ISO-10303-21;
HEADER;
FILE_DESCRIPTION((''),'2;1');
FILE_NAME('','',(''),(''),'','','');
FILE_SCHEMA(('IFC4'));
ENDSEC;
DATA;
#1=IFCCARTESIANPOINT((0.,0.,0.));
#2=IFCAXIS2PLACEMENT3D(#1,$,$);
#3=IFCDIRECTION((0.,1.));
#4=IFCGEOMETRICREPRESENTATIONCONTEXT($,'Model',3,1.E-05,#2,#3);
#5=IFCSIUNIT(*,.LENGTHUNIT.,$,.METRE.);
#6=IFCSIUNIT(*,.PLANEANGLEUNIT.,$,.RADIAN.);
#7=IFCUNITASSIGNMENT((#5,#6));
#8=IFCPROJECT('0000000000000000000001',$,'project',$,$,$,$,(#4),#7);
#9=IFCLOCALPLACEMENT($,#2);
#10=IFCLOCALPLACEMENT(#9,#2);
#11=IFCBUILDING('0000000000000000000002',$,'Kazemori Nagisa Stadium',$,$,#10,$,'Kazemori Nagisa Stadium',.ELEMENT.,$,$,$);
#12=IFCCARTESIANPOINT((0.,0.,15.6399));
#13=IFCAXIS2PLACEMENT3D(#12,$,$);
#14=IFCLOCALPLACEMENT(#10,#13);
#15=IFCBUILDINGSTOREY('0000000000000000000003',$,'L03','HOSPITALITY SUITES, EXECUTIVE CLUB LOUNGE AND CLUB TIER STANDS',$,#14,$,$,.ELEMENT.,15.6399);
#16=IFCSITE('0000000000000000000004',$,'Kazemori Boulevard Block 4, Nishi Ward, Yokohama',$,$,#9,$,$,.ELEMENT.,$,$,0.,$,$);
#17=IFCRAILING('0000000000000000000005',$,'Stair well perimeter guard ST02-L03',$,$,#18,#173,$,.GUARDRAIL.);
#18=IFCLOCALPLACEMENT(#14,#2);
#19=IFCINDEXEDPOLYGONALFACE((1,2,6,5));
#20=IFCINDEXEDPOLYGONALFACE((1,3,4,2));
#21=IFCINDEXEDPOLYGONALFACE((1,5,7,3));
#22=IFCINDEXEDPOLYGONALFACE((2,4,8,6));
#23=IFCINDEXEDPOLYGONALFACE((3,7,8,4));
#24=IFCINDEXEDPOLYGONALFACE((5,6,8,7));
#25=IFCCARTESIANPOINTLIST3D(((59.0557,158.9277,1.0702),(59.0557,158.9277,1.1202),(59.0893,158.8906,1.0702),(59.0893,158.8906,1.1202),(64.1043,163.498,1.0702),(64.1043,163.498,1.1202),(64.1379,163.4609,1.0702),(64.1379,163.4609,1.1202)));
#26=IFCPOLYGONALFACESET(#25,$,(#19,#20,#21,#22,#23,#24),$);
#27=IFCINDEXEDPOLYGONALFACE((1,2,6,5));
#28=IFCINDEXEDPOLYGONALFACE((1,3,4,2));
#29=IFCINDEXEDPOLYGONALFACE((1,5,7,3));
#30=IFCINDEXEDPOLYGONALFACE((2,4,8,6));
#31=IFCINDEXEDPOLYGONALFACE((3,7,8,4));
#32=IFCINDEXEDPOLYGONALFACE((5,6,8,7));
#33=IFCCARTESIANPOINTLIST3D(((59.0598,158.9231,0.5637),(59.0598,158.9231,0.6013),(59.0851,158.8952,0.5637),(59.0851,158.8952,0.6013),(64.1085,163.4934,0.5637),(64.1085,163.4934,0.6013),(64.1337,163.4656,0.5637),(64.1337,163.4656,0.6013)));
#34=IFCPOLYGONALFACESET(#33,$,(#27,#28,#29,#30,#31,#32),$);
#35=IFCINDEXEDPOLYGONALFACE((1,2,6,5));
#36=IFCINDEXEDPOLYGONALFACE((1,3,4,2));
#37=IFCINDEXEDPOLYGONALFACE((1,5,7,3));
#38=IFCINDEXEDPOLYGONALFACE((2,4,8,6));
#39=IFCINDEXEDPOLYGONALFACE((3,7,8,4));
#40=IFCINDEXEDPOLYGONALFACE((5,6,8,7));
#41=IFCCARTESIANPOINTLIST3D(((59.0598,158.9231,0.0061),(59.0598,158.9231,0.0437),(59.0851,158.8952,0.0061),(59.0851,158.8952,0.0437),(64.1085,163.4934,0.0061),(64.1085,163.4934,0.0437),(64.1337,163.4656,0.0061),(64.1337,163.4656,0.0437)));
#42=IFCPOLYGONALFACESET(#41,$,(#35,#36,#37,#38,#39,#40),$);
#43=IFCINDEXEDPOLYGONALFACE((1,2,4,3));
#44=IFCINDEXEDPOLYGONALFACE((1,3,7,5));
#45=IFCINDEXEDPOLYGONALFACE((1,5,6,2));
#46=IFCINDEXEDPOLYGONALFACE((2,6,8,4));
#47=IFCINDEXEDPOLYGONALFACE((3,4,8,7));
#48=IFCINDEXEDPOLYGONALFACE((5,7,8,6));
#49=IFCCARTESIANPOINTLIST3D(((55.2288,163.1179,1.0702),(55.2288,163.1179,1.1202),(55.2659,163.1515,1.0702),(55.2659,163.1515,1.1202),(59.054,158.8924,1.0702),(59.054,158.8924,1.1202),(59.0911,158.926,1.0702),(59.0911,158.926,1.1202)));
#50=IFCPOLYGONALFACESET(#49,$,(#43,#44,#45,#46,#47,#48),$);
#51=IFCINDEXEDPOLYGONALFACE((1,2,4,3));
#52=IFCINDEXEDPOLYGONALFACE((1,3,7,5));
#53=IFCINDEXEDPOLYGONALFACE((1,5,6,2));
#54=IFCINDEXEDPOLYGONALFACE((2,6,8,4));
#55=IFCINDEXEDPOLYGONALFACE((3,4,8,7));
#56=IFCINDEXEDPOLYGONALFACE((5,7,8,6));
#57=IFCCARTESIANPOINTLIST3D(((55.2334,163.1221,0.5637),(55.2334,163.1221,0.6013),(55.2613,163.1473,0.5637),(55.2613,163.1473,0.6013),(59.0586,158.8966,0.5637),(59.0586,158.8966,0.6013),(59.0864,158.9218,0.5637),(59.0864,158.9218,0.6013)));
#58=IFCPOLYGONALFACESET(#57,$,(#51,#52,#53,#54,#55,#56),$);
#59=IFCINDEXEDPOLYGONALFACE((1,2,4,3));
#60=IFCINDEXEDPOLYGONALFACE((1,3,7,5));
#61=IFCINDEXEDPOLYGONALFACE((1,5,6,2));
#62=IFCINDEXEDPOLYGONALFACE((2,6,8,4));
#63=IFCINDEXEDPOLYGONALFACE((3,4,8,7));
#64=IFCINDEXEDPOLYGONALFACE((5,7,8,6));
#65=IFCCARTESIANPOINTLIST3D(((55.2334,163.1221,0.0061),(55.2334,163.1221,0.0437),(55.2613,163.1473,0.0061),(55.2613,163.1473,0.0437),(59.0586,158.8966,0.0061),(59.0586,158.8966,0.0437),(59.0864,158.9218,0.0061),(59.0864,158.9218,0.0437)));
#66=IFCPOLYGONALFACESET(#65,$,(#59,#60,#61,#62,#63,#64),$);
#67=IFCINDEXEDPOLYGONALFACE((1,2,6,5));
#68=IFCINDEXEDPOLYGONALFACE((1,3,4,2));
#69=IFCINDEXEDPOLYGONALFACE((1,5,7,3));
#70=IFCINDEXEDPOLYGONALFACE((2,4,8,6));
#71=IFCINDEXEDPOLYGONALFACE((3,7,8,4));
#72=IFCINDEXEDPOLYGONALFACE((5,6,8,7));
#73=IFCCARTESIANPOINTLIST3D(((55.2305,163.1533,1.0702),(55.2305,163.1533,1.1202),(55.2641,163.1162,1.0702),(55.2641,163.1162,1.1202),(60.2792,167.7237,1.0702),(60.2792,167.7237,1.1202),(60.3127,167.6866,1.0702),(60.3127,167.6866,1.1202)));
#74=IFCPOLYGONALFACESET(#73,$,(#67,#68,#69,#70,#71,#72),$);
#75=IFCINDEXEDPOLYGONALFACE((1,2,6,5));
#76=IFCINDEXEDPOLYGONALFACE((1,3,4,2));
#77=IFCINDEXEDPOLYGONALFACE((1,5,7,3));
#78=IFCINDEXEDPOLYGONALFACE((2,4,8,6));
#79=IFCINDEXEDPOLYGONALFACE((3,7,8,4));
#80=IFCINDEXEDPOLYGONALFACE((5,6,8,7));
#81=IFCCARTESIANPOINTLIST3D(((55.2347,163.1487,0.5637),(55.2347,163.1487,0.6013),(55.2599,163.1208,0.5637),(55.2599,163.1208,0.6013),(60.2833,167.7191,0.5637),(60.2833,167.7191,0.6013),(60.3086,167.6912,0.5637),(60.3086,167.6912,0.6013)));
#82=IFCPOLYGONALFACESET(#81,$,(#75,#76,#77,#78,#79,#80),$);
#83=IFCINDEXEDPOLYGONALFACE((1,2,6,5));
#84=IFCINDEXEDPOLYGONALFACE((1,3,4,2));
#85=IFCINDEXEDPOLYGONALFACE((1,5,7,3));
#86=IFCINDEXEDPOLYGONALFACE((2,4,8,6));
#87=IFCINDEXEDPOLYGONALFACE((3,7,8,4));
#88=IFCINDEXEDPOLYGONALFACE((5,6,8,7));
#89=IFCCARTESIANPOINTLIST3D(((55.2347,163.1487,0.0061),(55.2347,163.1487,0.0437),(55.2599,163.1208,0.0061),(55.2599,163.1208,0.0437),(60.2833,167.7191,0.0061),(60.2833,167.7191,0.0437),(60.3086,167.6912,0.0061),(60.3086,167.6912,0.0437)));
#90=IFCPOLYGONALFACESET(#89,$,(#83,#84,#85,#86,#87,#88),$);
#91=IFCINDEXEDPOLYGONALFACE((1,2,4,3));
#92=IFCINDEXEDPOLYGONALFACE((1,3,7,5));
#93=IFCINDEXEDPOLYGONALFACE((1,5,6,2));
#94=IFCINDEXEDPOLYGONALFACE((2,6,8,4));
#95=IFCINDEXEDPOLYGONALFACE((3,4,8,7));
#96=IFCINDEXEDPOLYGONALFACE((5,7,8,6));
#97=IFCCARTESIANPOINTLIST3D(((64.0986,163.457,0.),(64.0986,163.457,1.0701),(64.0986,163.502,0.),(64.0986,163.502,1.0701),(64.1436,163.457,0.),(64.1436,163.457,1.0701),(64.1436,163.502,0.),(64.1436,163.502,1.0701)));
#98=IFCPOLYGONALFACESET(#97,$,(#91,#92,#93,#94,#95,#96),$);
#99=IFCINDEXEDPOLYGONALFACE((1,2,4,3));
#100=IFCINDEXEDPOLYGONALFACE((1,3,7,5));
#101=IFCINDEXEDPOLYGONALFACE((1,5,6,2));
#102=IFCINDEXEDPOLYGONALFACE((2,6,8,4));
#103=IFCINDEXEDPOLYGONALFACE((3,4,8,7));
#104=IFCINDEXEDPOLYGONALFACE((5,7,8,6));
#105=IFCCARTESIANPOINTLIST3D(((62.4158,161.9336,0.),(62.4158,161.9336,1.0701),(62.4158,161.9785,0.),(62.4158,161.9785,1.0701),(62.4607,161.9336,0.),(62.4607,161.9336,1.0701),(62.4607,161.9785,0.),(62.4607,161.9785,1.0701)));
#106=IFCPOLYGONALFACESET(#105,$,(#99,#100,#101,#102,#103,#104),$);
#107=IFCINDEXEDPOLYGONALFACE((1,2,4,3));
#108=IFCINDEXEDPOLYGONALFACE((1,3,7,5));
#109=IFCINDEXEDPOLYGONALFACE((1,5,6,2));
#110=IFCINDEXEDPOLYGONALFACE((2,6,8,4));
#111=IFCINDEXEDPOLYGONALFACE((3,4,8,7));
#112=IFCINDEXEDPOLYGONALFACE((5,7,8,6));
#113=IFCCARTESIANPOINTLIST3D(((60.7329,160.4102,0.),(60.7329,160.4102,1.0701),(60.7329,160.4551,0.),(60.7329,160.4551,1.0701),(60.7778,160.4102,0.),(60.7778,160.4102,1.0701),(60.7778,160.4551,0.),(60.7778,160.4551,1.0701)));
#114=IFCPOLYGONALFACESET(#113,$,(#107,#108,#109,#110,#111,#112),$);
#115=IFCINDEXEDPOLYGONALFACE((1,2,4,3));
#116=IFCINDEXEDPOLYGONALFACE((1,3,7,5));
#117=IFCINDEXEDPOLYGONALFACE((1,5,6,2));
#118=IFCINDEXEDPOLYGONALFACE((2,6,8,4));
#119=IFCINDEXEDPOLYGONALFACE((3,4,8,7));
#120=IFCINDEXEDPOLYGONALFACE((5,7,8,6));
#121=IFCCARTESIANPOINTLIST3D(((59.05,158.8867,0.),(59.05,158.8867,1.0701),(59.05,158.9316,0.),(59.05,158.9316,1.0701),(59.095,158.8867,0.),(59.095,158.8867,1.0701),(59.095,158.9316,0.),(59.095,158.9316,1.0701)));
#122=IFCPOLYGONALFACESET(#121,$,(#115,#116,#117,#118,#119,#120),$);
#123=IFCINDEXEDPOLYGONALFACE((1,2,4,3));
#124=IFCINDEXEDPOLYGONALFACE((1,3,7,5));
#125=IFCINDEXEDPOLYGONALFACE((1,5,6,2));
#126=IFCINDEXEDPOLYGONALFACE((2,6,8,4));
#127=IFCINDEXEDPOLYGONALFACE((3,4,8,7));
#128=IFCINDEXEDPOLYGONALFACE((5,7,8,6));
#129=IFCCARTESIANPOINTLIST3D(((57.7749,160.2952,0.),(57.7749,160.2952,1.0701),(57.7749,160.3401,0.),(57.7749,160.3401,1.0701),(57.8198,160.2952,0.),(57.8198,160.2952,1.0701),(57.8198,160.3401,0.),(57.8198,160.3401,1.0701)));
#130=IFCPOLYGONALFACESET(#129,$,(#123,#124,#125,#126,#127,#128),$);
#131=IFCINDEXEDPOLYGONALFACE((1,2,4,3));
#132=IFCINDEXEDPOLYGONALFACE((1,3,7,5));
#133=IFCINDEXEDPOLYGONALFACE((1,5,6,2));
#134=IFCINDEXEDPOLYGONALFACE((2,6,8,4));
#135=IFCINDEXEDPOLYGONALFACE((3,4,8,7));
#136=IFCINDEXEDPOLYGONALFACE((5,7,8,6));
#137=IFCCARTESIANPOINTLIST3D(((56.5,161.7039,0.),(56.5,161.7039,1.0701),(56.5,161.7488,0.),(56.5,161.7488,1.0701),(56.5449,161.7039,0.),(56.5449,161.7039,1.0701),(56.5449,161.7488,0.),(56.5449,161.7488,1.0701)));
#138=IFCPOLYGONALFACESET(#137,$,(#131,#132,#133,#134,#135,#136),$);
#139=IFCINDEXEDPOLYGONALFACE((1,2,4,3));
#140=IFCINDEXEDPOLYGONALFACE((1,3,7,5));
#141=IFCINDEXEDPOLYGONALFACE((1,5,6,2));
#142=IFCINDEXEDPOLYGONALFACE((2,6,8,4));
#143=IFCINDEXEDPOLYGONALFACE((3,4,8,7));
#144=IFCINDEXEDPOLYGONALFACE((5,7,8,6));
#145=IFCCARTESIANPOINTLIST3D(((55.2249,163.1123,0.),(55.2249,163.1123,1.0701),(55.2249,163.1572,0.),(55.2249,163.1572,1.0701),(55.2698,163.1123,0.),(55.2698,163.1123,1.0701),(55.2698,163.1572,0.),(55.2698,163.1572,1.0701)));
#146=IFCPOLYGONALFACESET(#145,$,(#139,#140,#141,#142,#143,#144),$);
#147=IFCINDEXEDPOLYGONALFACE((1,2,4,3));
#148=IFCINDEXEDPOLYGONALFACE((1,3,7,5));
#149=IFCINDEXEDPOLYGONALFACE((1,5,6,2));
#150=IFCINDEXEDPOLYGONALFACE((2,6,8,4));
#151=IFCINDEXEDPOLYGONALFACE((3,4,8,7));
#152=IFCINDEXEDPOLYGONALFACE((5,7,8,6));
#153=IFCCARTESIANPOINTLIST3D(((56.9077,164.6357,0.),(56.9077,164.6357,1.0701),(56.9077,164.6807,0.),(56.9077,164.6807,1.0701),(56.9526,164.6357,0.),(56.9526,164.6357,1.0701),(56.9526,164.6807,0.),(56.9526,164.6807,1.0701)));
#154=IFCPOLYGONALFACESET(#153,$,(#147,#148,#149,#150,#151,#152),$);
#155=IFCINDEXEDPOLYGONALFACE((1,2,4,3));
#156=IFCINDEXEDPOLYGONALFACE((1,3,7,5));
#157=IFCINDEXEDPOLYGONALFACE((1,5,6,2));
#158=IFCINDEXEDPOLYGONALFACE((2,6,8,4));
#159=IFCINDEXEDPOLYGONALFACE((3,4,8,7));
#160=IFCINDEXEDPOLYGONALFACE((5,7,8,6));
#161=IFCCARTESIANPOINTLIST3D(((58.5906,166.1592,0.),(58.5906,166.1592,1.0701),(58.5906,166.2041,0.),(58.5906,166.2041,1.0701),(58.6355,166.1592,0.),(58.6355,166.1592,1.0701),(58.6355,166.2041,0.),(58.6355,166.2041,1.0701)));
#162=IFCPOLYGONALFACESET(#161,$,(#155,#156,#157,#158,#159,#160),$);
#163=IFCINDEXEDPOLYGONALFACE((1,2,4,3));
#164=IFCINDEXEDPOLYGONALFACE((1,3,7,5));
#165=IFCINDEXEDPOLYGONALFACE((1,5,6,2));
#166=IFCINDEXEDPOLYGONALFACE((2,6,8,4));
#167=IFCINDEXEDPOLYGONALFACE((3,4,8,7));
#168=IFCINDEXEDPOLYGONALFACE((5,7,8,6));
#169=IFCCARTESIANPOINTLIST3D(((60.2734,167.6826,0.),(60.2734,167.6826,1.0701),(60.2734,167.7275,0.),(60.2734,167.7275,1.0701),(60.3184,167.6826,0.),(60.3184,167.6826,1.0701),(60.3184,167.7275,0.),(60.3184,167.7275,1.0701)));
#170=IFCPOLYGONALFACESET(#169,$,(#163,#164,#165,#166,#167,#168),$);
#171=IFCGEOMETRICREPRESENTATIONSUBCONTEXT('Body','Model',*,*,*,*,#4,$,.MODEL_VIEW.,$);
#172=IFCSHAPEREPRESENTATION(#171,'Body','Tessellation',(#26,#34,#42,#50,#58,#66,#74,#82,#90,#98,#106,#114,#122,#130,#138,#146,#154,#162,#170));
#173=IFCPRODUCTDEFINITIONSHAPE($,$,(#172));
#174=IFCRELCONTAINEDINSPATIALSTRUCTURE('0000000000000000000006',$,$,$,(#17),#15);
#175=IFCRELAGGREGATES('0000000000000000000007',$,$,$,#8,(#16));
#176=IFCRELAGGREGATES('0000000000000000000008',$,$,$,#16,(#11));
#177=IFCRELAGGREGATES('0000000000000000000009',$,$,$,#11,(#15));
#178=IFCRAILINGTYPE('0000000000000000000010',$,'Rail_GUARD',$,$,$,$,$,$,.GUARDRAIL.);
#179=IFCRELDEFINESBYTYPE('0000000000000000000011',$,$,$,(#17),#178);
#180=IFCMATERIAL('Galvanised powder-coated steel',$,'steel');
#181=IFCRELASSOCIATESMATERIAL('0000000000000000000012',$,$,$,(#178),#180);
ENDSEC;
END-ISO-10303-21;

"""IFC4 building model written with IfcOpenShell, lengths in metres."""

from ifc_helpers import new_model, si_unit, direction, frame, origin, origin_2d, place, context, subcontext, project, spatial, rectangle, extrude, material, type_object, element, save


model = new_model("IFC4")

# Units and contexts
model_context = context("Model", 3, precision=1e-05, world=origin(), true_north=direction((0.0, 1.0)))
body_context = subcontext(model_context, "Body", "Model", "MODEL_VIEW")
ifc_project = project(units=[si_unit("LENGTHUNIT", "METRE"), si_unit("PLANEANGLEUNIT", "RADIAN")], contexts=[model_context])

# Site, building, storey
site_placement = place(None, origin())
site = spatial("IfcSite", under=ifc_project, at=site_placement, Name="Kazemori Boulevard Block 4, Nishi Ward, Yokohama", CompositionType="ELEMENT", RefElevation=0.0)
building_placement = place(site_placement, origin())
building = spatial("IfcBuilding", under=site, at=building_placement, Name="Kazemori Nagisa Stadium", LongName="Kazemori Nagisa Stadium", CompositionType="ELEMENT")
storey_placement = place(building_placement, frame((0.0, 0.0, 15.6399)))
storey = spatial("IfcBuildingStorey", under=building, at=storey_placement, Name="L03", Description="HOSPITALITY SUITES, EXECUTIVE CLUB LOUNGE AND CLUB TIER STANDS", CompositionType="ELEMENT", Elevation=15.6399)

# Railing
ifc_material_1 = material(Name="Galvanised powder-coated steel", Category="steel")
railing_type_1 = type_object("IfcRailingType", Name="Rail_GUARD", PredefinedType="GUARDRAIL", material=ifc_material_1)
railing_1_placement = place(storey_placement, frame((64.1211, 163.4795, 0.0)))
element("IfcRailing", 1, at=railing_1_placement, inside=storey, type_object=railing_type_1, Name="Stair well perimeter guard ST02-L03", PredefinedType="GUARDRAIL", context=body_context, shape_type="SweptSolid", body=[
    extrude(rectangle(XDim=0.05, YDim=0.05, at=origin_2d()), frame((0.0, 0.0, 1.0952), z_axis=(-0.74135, -0.671119, 0.0), x_axis=(0.671119, -0.74135, 0.0)), (0.0, 0.0, 1.0), 6.8101),
    extrude(rectangle(XDim=0.0376, YDim=0.0376, at=origin_2d()), frame((0.0, 0.0, 0.5825), z_axis=(-0.74135, -0.671119, 0.0), x_axis=(0.671119, -0.74135, 0.0)), (0.0, 0.0, 1.0), 6.8101),
    extrude(rectangle(XDim=0.0376, YDim=0.0376, at=origin_2d()), frame((0.0, 0.0, 0.0249), z_axis=(-0.74135, -0.671119, 0.0), x_axis=(0.671119, -0.74135, 0.0)), (0.0, 0.0, 1.0), 6.8101),
    extrude(rectangle(XDim=0.05, YDim=0.05, at=origin_2d()), frame((-5.0486, -4.5703, 1.0952), z_axis=(-0.671111, 0.741357, 0.0), x_axis=(-0.741357, -0.671111, 0.0)), (0.0, 0.0, 1.0), 5.6997),
    extrude(rectangle(XDim=0.0376, YDim=0.0376, at=origin_2d()), frame((-5.0486, -4.5703, 0.5825), z_axis=(-0.671111, 0.741357, 0.0), x_axis=(-0.741357, -0.671111, 0.0)), (0.0, 0.0, 1.0), 5.6997),
    extrude(rectangle(XDim=0.0376, YDim=0.0376, at=origin_2d()), frame((-5.0486, -4.5703, 0.0249), z_axis=(-0.671111, 0.741357, 0.0), x_axis=(-0.741357, -0.671111, 0.0)), (0.0, 0.0, 1.0), 5.6997),
    extrude(rectangle(XDim=0.05, YDim=0.05, at=origin_2d()), frame((-8.8738, -0.3447, 1.0952), z_axis=(0.74135, 0.671119, 0.0), x_axis=(-0.671119, 0.74135, 0.0)), (0.0, 0.0, 1.0), 6.8101),
    extrude(rectangle(XDim=0.0376, YDim=0.0376, at=origin_2d()), frame((-8.8738, -0.3447, 0.5825), z_axis=(0.74135, 0.671119, 0.0), x_axis=(-0.671119, 0.74135, 0.0)), (0.0, 0.0, 1.0), 6.8101),
    extrude(rectangle(XDim=0.0376, YDim=0.0376, at=origin_2d()), frame((-8.8738, -0.3447, 0.0249), z_axis=(0.74135, 0.671119, 0.0), x_axis=(-0.671119, 0.74135, 0.0)), (0.0, 0.0, 1.0), 6.8101),
    extrude(rectangle(XDim=0.0449, YDim=0.0449, at=origin_2d()), origin(), (0.0, 0.0, 1.0), 1.0701),
    extrude(rectangle(XDim=0.0449, YDim=0.0449, at=origin_2d()), frame((-1.6829, -1.5234, 0.0)), (0.0, 0.0, 1.0), 1.0701),
    extrude(rectangle(XDim=0.0449, YDim=0.0449, at=origin_2d()), frame((-3.3657, -3.0469, 0.0)), (0.0, 0.0, 1.0), 1.0701),
    extrude(rectangle(XDim=0.0449, YDim=0.0449, at=origin_2d()), frame((-5.0486, -4.5703, 0.0)), (0.0, 0.0, 1.0), 1.0701),
    extrude(rectangle(XDim=0.0449, YDim=0.0449, at=origin_2d()), frame((-6.3237, -3.1619, 0.0)), (0.0, 0.0, 1.0), 1.0701),
    extrude(rectangle(XDim=0.0449, YDim=0.0449, at=origin_2d()), frame((-7.5986, -1.7532, 0.0)), (0.0, 0.0, 1.0), 1.0701),
    extrude(rectangle(XDim=0.0449, YDim=0.0449, at=origin_2d()), frame((-8.8738, -0.3447, 0.0)), (0.0, 0.0, 1.0), 1.0701),
    extrude(rectangle(XDim=0.0449, YDim=0.0449, at=origin_2d()), frame((-7.1909, 1.1787, 0.0)), (0.0, 0.0, 1.0), 1.0701),
    extrude(rectangle(XDim=0.0449, YDim=0.0449, at=origin_2d()), frame((-5.5081, 2.7021, 0.0)), (0.0, 0.0, 1.0), 1.0701),
    extrude(rectangle(XDim=0.0449, YDim=0.0449, at=origin_2d()), frame((-3.8252, 4.2256, 0.0)), (0.0, 0.0, 1.0), 1.0701),
])

save(model, "model.ifc")
